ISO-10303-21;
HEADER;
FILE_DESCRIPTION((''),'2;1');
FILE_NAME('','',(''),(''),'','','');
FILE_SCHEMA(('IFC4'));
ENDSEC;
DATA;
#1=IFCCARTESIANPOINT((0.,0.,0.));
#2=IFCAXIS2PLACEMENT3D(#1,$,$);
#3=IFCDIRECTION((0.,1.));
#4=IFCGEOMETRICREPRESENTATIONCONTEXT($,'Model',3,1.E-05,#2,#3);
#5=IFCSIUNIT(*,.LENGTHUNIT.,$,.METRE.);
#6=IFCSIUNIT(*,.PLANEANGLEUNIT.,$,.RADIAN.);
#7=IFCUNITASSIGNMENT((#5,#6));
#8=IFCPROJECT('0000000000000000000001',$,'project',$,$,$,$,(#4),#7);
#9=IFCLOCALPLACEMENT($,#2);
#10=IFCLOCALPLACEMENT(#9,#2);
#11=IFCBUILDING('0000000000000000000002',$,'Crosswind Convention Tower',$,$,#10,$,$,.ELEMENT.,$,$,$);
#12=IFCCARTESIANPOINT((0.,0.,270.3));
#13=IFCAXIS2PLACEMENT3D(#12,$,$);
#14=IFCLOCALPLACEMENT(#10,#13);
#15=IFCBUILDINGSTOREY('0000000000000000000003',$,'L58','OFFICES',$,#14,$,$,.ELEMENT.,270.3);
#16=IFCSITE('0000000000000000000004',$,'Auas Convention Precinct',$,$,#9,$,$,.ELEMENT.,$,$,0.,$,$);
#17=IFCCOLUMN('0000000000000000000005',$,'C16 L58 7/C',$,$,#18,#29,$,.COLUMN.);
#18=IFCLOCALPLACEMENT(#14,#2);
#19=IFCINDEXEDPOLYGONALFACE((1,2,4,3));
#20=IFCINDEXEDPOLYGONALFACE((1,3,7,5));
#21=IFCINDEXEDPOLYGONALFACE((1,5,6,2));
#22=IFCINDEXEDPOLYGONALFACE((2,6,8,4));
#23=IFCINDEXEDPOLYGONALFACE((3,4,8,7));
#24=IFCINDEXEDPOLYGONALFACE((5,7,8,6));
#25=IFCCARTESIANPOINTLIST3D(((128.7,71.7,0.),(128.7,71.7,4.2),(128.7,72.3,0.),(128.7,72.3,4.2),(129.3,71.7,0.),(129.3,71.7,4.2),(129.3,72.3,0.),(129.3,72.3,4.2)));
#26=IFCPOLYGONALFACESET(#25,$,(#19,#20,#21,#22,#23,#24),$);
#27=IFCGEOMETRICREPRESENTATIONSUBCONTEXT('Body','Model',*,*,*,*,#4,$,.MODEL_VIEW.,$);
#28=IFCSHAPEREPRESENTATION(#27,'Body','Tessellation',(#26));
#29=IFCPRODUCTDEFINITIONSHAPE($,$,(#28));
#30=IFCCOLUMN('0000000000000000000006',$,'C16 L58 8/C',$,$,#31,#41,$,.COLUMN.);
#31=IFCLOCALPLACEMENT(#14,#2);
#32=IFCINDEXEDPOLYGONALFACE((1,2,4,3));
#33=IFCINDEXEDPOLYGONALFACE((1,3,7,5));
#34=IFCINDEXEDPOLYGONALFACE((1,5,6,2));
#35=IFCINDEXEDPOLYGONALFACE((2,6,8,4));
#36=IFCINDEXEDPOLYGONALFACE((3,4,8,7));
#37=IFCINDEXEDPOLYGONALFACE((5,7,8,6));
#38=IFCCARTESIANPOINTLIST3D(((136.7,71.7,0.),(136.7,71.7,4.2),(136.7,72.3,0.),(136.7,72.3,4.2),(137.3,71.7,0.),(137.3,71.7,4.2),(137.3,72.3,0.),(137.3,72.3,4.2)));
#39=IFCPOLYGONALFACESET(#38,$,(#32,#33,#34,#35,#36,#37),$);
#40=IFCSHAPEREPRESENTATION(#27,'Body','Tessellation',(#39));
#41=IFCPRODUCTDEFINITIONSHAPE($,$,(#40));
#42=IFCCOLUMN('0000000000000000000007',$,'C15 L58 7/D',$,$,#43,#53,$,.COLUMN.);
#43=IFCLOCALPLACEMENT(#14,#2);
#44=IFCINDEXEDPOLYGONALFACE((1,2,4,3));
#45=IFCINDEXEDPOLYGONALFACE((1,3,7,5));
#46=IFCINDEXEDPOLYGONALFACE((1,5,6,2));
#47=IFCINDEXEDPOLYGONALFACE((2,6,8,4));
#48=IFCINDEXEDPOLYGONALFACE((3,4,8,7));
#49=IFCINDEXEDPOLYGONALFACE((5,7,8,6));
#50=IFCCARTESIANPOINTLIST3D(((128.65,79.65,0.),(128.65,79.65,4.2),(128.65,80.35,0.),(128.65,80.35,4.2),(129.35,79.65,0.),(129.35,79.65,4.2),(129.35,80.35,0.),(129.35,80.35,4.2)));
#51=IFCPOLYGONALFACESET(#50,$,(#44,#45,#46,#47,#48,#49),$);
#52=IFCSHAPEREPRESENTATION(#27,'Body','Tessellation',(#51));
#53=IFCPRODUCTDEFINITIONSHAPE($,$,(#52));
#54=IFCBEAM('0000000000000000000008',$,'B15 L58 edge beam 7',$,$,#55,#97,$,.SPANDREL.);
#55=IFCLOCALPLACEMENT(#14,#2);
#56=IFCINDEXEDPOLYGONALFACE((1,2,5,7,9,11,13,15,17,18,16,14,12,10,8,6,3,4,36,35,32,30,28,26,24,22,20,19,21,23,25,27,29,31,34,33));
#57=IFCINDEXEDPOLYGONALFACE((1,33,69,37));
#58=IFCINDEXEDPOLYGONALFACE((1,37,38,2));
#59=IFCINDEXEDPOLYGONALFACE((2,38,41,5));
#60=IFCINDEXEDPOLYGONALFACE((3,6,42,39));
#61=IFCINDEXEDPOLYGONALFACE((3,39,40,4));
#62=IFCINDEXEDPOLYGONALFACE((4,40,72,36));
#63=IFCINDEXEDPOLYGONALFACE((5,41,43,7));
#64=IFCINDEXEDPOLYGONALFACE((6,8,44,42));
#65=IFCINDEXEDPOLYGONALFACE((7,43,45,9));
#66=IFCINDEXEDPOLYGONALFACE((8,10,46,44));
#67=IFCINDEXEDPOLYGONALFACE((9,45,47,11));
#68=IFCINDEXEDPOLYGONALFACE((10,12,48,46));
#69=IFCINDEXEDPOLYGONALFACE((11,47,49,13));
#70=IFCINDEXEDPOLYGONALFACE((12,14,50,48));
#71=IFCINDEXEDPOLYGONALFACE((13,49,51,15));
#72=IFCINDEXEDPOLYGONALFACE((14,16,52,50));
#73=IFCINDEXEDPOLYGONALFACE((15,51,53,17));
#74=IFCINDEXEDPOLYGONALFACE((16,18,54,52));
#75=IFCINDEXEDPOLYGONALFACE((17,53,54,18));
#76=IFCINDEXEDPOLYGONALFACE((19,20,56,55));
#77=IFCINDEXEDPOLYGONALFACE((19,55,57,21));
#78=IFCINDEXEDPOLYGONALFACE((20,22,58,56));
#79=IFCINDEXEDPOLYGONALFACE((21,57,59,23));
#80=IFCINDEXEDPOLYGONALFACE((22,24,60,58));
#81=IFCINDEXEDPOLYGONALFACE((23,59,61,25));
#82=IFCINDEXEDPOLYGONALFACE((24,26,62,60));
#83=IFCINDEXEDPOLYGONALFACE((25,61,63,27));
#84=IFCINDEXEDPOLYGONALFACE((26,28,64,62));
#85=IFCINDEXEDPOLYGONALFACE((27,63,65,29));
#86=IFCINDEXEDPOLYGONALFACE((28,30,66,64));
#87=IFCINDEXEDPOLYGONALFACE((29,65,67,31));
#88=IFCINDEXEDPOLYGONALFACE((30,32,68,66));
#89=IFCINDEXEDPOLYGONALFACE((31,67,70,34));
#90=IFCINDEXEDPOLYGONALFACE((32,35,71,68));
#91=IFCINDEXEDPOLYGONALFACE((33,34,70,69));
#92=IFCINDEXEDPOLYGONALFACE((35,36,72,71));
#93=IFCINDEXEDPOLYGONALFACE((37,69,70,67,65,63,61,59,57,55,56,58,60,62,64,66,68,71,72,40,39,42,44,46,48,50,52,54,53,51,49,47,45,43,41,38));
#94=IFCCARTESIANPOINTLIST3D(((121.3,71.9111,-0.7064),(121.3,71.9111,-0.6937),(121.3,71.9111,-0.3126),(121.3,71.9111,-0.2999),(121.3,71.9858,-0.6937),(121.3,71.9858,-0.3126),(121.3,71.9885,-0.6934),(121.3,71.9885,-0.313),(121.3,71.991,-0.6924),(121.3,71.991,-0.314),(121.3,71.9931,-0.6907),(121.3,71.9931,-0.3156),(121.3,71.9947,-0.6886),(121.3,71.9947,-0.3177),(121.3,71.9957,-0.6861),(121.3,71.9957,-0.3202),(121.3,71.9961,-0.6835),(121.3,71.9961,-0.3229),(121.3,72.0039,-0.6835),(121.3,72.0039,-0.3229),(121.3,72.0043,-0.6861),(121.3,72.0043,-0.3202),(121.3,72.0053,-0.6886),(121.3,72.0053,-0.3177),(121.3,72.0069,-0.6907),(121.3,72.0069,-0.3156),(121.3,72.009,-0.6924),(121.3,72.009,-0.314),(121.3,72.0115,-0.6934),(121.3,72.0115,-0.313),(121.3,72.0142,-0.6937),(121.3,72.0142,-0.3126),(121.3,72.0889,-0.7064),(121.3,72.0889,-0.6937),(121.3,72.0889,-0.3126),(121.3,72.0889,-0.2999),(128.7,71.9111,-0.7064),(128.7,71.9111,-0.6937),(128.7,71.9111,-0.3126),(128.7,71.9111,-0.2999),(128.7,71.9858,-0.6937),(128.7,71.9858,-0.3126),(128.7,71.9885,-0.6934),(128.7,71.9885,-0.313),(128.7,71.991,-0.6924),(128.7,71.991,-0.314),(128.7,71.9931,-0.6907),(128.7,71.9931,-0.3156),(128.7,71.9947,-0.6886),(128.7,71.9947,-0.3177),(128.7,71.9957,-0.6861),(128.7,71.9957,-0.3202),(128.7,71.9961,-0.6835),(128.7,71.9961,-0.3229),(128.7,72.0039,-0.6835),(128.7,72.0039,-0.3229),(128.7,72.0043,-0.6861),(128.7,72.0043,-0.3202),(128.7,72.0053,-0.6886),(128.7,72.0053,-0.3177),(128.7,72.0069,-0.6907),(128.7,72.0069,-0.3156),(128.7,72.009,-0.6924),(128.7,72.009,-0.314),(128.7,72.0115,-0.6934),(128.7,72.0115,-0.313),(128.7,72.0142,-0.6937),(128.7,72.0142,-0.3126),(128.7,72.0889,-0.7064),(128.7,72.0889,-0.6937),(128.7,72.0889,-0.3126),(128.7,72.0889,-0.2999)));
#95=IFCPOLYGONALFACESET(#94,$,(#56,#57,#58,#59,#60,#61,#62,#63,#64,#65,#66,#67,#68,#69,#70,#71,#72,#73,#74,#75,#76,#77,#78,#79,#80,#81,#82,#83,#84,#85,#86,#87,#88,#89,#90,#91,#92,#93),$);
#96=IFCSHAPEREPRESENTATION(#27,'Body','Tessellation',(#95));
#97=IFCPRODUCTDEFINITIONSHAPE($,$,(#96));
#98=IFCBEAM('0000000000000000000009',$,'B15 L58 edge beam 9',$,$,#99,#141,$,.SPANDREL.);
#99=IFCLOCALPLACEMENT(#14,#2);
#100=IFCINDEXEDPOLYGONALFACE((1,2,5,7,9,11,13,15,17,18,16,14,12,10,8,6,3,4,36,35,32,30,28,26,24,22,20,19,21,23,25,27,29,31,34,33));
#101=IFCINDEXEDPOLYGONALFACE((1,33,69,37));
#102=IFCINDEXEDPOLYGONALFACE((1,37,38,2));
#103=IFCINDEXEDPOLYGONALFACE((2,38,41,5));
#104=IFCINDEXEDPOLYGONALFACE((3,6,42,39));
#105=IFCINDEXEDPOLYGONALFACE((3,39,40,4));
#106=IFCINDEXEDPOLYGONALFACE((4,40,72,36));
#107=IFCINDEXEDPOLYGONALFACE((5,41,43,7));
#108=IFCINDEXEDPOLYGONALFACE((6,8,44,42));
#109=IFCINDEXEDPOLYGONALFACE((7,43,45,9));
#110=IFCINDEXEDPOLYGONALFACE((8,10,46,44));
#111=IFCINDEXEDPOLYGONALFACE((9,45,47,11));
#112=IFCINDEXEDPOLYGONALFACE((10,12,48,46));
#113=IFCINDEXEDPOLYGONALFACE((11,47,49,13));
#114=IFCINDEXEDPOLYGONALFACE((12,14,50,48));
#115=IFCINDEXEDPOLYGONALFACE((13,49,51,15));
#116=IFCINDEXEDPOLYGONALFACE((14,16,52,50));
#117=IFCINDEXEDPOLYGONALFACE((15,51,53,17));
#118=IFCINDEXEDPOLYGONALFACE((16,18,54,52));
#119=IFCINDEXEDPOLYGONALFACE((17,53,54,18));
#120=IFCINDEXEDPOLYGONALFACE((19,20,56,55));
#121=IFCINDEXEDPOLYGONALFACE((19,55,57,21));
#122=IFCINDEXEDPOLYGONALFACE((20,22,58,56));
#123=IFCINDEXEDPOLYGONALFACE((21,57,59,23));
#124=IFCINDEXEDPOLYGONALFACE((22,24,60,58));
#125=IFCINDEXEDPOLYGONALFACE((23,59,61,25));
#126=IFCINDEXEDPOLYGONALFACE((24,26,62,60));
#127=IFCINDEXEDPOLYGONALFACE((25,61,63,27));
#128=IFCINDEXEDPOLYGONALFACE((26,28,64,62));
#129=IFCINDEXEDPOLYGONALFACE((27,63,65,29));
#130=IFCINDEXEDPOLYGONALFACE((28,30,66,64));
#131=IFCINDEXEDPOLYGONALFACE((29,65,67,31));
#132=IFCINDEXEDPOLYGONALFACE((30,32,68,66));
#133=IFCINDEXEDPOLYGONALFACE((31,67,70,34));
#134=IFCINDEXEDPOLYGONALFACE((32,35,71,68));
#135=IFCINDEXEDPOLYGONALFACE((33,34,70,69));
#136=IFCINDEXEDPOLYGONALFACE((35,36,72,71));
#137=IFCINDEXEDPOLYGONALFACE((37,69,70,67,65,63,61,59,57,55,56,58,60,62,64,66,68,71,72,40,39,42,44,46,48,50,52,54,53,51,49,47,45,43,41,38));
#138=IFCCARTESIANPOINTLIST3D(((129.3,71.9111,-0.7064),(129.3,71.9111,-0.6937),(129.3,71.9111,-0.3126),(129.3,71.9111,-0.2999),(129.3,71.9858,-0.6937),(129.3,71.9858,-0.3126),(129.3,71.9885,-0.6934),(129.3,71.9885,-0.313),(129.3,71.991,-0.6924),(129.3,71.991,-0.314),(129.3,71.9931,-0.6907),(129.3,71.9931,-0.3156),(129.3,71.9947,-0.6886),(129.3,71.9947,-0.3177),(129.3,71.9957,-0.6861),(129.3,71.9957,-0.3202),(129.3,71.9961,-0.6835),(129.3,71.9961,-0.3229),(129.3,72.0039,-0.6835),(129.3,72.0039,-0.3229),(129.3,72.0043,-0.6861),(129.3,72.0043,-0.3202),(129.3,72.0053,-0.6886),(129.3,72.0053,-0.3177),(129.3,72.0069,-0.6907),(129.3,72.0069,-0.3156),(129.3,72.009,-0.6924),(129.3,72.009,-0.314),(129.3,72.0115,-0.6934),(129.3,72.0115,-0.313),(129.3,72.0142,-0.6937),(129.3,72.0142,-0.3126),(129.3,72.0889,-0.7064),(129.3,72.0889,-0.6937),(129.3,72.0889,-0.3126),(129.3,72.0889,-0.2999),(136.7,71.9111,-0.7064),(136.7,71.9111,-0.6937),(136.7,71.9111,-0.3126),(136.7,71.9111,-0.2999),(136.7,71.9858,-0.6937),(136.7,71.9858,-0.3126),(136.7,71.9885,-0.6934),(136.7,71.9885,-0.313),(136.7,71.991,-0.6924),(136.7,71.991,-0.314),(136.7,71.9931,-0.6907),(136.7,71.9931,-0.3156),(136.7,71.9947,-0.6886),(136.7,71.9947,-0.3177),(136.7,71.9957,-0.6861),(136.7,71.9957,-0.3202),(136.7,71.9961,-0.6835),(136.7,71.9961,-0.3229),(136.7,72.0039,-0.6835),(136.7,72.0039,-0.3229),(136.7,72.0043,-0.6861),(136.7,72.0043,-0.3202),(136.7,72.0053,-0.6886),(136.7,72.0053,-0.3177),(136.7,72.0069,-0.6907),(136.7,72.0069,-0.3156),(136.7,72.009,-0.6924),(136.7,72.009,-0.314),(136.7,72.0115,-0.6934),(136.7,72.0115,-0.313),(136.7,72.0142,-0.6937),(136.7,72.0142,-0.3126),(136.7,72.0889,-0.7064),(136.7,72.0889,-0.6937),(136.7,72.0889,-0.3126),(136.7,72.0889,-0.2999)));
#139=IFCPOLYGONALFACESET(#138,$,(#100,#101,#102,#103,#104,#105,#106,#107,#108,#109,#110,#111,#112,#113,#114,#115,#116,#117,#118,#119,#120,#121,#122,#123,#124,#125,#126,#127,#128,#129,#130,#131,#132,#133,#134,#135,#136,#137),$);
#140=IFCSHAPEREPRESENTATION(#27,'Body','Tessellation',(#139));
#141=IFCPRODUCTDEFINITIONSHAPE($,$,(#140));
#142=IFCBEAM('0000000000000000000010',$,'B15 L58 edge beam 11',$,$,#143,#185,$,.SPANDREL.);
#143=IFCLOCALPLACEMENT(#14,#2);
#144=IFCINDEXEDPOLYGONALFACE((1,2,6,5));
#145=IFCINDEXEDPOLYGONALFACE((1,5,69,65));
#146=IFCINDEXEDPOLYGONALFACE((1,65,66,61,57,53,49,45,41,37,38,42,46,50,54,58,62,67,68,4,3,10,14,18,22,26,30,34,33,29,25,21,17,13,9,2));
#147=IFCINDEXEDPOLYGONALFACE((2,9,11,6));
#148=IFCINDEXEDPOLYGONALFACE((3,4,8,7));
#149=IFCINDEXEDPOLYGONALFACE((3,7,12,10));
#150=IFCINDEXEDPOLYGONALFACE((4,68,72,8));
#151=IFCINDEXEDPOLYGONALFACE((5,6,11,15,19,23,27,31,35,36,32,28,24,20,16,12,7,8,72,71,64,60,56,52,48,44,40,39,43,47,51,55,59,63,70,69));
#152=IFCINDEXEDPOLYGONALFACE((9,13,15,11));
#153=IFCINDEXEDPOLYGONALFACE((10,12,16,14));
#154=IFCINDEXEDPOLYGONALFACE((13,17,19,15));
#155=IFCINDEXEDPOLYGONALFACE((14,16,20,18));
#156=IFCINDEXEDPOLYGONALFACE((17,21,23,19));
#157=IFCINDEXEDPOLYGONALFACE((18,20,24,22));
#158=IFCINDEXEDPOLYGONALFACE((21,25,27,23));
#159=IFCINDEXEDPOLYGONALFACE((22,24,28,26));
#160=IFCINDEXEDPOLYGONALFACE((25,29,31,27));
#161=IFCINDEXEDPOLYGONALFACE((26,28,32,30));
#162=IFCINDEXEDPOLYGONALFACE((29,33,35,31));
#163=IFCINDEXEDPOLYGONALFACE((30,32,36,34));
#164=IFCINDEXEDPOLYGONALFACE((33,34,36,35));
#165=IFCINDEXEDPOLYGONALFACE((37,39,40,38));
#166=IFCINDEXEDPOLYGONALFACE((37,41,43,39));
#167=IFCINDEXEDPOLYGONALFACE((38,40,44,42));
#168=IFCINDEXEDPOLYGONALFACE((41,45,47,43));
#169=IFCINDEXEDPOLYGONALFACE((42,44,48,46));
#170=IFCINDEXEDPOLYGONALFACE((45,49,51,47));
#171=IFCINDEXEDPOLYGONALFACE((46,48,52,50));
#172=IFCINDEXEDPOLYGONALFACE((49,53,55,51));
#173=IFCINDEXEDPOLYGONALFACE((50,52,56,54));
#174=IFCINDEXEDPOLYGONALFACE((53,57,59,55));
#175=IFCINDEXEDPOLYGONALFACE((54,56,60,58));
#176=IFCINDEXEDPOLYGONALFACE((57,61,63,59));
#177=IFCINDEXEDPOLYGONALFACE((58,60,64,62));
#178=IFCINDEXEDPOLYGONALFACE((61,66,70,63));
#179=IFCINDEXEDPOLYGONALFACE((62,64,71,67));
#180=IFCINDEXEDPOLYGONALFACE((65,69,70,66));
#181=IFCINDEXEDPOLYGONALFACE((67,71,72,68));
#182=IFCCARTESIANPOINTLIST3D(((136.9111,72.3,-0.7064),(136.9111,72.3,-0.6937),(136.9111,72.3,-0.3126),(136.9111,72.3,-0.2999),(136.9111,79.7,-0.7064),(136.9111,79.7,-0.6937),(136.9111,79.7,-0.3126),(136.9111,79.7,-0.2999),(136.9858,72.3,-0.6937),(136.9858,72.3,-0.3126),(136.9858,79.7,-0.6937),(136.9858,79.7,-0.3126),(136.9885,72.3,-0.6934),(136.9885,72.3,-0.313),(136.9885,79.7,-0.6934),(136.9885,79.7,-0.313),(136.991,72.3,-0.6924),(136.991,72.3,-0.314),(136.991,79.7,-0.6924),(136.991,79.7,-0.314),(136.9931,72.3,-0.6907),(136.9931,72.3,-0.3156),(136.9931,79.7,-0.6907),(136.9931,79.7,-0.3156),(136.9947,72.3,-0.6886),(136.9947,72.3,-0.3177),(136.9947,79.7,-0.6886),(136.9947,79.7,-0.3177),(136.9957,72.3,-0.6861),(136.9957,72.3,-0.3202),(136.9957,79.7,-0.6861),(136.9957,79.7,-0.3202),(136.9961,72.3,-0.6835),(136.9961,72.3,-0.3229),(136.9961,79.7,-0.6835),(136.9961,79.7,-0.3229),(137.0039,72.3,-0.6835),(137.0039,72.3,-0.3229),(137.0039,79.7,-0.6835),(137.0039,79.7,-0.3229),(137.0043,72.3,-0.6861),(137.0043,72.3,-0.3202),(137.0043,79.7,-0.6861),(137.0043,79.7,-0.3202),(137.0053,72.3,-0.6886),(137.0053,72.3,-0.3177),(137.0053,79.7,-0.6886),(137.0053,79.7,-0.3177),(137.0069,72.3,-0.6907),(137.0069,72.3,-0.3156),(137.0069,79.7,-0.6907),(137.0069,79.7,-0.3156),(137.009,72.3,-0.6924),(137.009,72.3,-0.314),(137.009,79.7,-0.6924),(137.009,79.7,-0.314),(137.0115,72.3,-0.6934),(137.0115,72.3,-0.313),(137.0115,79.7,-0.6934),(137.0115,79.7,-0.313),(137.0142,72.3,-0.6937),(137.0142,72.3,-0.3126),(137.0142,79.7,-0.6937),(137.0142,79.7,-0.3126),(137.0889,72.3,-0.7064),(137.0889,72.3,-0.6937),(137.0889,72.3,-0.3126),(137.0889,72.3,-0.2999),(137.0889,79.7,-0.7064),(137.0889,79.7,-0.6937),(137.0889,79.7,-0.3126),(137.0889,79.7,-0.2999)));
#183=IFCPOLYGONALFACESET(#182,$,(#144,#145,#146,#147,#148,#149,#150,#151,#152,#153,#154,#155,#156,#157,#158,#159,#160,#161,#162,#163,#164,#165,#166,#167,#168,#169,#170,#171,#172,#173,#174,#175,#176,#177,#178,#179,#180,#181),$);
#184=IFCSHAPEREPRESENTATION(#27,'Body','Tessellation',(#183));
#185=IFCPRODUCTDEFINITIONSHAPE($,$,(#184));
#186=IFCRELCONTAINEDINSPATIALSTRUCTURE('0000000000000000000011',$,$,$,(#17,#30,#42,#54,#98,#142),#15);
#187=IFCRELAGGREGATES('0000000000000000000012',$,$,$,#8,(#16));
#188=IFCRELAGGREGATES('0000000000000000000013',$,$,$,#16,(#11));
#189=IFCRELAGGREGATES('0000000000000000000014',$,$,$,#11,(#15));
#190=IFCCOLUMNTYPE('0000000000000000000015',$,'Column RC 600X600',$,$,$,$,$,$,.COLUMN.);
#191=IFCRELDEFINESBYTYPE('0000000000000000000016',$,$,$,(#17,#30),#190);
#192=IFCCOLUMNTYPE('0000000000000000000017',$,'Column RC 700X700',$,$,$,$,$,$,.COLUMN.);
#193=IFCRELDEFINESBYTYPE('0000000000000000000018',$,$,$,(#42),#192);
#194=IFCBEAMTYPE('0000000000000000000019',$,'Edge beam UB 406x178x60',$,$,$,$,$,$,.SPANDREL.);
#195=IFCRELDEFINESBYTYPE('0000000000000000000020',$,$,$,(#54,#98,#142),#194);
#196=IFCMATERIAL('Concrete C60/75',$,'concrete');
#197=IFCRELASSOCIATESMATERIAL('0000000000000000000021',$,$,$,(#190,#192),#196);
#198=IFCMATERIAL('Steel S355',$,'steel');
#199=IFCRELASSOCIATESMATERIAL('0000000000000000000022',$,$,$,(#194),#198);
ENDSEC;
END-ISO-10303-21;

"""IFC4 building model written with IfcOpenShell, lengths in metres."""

from ifc_helpers import new_model, si_unit, direction, frame, origin, origin_2d, place, context, subcontext, project, spatial, rectangle, i_section, extrude, material, material_profile, profile_set, type_object, element, save


model = new_model("IFC4")

# Units and contexts
model_context = context("Model", 3, precision=1e-05, world=origin(), true_north=direction((0.0, 1.0)))
body_context = subcontext(model_context, "Body", "Model", "MODEL_VIEW")
ifc_project = project(units=[si_unit("LENGTHUNIT", "METRE"), si_unit("PLANEANGLEUNIT", "RADIAN")], contexts=[model_context])

# Site, building, storey
site_placement = place(None, origin())
site = spatial("IfcSite", under=ifc_project, at=site_placement, Name="Auas Convention Precinct", CompositionType="ELEMENT", RefElevation=0.0)
building_placement = place(site_placement, origin())
building = spatial("IfcBuilding", under=site, at=building_placement, Name="Crosswind Convention Tower", CompositionType="ELEMENT")
storey_placement = place(building_placement, frame((0.0, 0.0, 270.3)))
storey = spatial("IfcBuildingStorey", under=building, at=storey_placement, Name="L58", Description="OFFICES", CompositionType="ELEMENT", Elevation=270.3)

# Columns
ifc_material_1 = material(Name="Concrete C60/75", Category="concrete")
ifc_material_profile_1 = material_profile(ifc_material_1, rectangle(XDim=0.6001, YDim=0.6001, at=origin_2d()), Name="RC 600X600")
ifc_profile_set_1 = profile_set([ifc_material_profile_1], Name="Concrete C60/75")
column_type_1 = type_object("IfcColumnType", Name="Column RC 600X600", PredefinedType="COLUMN", material=ifc_profile_set_1)
for number, where, z_axis, x_axis, name in (
    (1, (129.0, 72.0, 0.0), (0.0, 0.0, 1.0), (1.0, 0.0, 0.0), "C16 L58 7/C"),
    (2, (137.0, 72.0, 0.0), (0.0, 0.0, 1.0), (1.0, 0.0, 0.0), "C16 L58 8/C"),
):
    element("IfcColumn", number, at=place(storey_placement, frame(where, z_axis=z_axis, x_axis=x_axis)), inside=storey, type_object=column_type_1, Name=name, PredefinedType="COLUMN", context=body_context, shape_type="SweptSolid", body=[
        extrude(rectangle(XDim=0.6001, YDim=0.6001, at=origin_2d()), origin(), (0.0, 0.0, 1.0), 4.2),
    ])
ifc_material_profile_2 = material_profile(ifc_material_1, rectangle(XDim=0.7, YDim=0.7, at=origin_2d()), Name="RC 700X700")
ifc_profile_set_2 = profile_set([ifc_material_profile_2], Name="Concrete C60/75")
column_type_2 = type_object("IfcColumnType", Name="Column RC 700X700", PredefinedType="COLUMN", material=ifc_profile_set_2)
column_placement = place(storey_placement, frame((129.0, 80.0, 0.0), z_axis=(0.0, 0.0, 1.0), x_axis=(1.0, 0.0, 0.0)))
element("IfcColumn", 3, at=column_placement, inside=storey, type_object=column_type_2, Name="C15 L58 7/D", PredefinedType="COLUMN", context=body_context, shape_type="SweptSolid", body=[
    extrude(rectangle(XDim=0.7, YDim=0.7, at=origin_2d()), origin(), (0.0, 0.0, 1.0), 4.2),
])

# Beams
ifc_material_2 = material(Name="Steel S355", Category="steel")
ifc_material_profile_3 = material_profile(ifc_material_2, i_section(OverallWidth=0.1777, OverallDepth=0.4065, WebThickness=0.0078, FlangeThickness=0.0127, FilletRadius=0.0103, at=origin_2d()), Name="UB 406x178x60")
ifc_profile_set_3 = profile_set([ifc_material_profile_3], Name="Steel S355")
beam_type_1 = type_object("IfcBeamType", Name="Edge beam UB 406x178x60", PredefinedType="SPANDREL", material=ifc_profile_set_3)
for number, where, z_axis, x_axis, name in (
    (4, (121.3, 72.0, -0.5032), (1.0, 0.0, 0.0), (0.0, 1.0, 0.0), "B15 L58 edge beam 7"),
    (5, (129.3, 72.0, -0.5032), (1.0, 0.0, 0.0), (0.0, 1.0, 0.0), "B15 L58 edge beam 9"),
    (6, (137.0, 72.3, -0.5032), (0.0, 1.0, 0.0), (-1.0, 0.0, 0.0), "B15 L58 edge beam 11"),
):
    element("IfcBeam", number, at=place(storey_placement, frame(where, z_axis=z_axis, x_axis=x_axis)), inside=storey, type_object=beam_type_1, Name=name, PredefinedType="SPANDREL", context=body_context, shape_type="SweptSolid", body=[
        extrude(i_section(OverallWidth=0.1777, OverallDepth=0.4065, WebThickness=0.0078, FlangeThickness=0.0127, FilletRadius=0.0103, at=origin_2d()), origin(), (0.0, 0.0, 1.0), 7.3999),
    ])

save(model, "model.ifc")
